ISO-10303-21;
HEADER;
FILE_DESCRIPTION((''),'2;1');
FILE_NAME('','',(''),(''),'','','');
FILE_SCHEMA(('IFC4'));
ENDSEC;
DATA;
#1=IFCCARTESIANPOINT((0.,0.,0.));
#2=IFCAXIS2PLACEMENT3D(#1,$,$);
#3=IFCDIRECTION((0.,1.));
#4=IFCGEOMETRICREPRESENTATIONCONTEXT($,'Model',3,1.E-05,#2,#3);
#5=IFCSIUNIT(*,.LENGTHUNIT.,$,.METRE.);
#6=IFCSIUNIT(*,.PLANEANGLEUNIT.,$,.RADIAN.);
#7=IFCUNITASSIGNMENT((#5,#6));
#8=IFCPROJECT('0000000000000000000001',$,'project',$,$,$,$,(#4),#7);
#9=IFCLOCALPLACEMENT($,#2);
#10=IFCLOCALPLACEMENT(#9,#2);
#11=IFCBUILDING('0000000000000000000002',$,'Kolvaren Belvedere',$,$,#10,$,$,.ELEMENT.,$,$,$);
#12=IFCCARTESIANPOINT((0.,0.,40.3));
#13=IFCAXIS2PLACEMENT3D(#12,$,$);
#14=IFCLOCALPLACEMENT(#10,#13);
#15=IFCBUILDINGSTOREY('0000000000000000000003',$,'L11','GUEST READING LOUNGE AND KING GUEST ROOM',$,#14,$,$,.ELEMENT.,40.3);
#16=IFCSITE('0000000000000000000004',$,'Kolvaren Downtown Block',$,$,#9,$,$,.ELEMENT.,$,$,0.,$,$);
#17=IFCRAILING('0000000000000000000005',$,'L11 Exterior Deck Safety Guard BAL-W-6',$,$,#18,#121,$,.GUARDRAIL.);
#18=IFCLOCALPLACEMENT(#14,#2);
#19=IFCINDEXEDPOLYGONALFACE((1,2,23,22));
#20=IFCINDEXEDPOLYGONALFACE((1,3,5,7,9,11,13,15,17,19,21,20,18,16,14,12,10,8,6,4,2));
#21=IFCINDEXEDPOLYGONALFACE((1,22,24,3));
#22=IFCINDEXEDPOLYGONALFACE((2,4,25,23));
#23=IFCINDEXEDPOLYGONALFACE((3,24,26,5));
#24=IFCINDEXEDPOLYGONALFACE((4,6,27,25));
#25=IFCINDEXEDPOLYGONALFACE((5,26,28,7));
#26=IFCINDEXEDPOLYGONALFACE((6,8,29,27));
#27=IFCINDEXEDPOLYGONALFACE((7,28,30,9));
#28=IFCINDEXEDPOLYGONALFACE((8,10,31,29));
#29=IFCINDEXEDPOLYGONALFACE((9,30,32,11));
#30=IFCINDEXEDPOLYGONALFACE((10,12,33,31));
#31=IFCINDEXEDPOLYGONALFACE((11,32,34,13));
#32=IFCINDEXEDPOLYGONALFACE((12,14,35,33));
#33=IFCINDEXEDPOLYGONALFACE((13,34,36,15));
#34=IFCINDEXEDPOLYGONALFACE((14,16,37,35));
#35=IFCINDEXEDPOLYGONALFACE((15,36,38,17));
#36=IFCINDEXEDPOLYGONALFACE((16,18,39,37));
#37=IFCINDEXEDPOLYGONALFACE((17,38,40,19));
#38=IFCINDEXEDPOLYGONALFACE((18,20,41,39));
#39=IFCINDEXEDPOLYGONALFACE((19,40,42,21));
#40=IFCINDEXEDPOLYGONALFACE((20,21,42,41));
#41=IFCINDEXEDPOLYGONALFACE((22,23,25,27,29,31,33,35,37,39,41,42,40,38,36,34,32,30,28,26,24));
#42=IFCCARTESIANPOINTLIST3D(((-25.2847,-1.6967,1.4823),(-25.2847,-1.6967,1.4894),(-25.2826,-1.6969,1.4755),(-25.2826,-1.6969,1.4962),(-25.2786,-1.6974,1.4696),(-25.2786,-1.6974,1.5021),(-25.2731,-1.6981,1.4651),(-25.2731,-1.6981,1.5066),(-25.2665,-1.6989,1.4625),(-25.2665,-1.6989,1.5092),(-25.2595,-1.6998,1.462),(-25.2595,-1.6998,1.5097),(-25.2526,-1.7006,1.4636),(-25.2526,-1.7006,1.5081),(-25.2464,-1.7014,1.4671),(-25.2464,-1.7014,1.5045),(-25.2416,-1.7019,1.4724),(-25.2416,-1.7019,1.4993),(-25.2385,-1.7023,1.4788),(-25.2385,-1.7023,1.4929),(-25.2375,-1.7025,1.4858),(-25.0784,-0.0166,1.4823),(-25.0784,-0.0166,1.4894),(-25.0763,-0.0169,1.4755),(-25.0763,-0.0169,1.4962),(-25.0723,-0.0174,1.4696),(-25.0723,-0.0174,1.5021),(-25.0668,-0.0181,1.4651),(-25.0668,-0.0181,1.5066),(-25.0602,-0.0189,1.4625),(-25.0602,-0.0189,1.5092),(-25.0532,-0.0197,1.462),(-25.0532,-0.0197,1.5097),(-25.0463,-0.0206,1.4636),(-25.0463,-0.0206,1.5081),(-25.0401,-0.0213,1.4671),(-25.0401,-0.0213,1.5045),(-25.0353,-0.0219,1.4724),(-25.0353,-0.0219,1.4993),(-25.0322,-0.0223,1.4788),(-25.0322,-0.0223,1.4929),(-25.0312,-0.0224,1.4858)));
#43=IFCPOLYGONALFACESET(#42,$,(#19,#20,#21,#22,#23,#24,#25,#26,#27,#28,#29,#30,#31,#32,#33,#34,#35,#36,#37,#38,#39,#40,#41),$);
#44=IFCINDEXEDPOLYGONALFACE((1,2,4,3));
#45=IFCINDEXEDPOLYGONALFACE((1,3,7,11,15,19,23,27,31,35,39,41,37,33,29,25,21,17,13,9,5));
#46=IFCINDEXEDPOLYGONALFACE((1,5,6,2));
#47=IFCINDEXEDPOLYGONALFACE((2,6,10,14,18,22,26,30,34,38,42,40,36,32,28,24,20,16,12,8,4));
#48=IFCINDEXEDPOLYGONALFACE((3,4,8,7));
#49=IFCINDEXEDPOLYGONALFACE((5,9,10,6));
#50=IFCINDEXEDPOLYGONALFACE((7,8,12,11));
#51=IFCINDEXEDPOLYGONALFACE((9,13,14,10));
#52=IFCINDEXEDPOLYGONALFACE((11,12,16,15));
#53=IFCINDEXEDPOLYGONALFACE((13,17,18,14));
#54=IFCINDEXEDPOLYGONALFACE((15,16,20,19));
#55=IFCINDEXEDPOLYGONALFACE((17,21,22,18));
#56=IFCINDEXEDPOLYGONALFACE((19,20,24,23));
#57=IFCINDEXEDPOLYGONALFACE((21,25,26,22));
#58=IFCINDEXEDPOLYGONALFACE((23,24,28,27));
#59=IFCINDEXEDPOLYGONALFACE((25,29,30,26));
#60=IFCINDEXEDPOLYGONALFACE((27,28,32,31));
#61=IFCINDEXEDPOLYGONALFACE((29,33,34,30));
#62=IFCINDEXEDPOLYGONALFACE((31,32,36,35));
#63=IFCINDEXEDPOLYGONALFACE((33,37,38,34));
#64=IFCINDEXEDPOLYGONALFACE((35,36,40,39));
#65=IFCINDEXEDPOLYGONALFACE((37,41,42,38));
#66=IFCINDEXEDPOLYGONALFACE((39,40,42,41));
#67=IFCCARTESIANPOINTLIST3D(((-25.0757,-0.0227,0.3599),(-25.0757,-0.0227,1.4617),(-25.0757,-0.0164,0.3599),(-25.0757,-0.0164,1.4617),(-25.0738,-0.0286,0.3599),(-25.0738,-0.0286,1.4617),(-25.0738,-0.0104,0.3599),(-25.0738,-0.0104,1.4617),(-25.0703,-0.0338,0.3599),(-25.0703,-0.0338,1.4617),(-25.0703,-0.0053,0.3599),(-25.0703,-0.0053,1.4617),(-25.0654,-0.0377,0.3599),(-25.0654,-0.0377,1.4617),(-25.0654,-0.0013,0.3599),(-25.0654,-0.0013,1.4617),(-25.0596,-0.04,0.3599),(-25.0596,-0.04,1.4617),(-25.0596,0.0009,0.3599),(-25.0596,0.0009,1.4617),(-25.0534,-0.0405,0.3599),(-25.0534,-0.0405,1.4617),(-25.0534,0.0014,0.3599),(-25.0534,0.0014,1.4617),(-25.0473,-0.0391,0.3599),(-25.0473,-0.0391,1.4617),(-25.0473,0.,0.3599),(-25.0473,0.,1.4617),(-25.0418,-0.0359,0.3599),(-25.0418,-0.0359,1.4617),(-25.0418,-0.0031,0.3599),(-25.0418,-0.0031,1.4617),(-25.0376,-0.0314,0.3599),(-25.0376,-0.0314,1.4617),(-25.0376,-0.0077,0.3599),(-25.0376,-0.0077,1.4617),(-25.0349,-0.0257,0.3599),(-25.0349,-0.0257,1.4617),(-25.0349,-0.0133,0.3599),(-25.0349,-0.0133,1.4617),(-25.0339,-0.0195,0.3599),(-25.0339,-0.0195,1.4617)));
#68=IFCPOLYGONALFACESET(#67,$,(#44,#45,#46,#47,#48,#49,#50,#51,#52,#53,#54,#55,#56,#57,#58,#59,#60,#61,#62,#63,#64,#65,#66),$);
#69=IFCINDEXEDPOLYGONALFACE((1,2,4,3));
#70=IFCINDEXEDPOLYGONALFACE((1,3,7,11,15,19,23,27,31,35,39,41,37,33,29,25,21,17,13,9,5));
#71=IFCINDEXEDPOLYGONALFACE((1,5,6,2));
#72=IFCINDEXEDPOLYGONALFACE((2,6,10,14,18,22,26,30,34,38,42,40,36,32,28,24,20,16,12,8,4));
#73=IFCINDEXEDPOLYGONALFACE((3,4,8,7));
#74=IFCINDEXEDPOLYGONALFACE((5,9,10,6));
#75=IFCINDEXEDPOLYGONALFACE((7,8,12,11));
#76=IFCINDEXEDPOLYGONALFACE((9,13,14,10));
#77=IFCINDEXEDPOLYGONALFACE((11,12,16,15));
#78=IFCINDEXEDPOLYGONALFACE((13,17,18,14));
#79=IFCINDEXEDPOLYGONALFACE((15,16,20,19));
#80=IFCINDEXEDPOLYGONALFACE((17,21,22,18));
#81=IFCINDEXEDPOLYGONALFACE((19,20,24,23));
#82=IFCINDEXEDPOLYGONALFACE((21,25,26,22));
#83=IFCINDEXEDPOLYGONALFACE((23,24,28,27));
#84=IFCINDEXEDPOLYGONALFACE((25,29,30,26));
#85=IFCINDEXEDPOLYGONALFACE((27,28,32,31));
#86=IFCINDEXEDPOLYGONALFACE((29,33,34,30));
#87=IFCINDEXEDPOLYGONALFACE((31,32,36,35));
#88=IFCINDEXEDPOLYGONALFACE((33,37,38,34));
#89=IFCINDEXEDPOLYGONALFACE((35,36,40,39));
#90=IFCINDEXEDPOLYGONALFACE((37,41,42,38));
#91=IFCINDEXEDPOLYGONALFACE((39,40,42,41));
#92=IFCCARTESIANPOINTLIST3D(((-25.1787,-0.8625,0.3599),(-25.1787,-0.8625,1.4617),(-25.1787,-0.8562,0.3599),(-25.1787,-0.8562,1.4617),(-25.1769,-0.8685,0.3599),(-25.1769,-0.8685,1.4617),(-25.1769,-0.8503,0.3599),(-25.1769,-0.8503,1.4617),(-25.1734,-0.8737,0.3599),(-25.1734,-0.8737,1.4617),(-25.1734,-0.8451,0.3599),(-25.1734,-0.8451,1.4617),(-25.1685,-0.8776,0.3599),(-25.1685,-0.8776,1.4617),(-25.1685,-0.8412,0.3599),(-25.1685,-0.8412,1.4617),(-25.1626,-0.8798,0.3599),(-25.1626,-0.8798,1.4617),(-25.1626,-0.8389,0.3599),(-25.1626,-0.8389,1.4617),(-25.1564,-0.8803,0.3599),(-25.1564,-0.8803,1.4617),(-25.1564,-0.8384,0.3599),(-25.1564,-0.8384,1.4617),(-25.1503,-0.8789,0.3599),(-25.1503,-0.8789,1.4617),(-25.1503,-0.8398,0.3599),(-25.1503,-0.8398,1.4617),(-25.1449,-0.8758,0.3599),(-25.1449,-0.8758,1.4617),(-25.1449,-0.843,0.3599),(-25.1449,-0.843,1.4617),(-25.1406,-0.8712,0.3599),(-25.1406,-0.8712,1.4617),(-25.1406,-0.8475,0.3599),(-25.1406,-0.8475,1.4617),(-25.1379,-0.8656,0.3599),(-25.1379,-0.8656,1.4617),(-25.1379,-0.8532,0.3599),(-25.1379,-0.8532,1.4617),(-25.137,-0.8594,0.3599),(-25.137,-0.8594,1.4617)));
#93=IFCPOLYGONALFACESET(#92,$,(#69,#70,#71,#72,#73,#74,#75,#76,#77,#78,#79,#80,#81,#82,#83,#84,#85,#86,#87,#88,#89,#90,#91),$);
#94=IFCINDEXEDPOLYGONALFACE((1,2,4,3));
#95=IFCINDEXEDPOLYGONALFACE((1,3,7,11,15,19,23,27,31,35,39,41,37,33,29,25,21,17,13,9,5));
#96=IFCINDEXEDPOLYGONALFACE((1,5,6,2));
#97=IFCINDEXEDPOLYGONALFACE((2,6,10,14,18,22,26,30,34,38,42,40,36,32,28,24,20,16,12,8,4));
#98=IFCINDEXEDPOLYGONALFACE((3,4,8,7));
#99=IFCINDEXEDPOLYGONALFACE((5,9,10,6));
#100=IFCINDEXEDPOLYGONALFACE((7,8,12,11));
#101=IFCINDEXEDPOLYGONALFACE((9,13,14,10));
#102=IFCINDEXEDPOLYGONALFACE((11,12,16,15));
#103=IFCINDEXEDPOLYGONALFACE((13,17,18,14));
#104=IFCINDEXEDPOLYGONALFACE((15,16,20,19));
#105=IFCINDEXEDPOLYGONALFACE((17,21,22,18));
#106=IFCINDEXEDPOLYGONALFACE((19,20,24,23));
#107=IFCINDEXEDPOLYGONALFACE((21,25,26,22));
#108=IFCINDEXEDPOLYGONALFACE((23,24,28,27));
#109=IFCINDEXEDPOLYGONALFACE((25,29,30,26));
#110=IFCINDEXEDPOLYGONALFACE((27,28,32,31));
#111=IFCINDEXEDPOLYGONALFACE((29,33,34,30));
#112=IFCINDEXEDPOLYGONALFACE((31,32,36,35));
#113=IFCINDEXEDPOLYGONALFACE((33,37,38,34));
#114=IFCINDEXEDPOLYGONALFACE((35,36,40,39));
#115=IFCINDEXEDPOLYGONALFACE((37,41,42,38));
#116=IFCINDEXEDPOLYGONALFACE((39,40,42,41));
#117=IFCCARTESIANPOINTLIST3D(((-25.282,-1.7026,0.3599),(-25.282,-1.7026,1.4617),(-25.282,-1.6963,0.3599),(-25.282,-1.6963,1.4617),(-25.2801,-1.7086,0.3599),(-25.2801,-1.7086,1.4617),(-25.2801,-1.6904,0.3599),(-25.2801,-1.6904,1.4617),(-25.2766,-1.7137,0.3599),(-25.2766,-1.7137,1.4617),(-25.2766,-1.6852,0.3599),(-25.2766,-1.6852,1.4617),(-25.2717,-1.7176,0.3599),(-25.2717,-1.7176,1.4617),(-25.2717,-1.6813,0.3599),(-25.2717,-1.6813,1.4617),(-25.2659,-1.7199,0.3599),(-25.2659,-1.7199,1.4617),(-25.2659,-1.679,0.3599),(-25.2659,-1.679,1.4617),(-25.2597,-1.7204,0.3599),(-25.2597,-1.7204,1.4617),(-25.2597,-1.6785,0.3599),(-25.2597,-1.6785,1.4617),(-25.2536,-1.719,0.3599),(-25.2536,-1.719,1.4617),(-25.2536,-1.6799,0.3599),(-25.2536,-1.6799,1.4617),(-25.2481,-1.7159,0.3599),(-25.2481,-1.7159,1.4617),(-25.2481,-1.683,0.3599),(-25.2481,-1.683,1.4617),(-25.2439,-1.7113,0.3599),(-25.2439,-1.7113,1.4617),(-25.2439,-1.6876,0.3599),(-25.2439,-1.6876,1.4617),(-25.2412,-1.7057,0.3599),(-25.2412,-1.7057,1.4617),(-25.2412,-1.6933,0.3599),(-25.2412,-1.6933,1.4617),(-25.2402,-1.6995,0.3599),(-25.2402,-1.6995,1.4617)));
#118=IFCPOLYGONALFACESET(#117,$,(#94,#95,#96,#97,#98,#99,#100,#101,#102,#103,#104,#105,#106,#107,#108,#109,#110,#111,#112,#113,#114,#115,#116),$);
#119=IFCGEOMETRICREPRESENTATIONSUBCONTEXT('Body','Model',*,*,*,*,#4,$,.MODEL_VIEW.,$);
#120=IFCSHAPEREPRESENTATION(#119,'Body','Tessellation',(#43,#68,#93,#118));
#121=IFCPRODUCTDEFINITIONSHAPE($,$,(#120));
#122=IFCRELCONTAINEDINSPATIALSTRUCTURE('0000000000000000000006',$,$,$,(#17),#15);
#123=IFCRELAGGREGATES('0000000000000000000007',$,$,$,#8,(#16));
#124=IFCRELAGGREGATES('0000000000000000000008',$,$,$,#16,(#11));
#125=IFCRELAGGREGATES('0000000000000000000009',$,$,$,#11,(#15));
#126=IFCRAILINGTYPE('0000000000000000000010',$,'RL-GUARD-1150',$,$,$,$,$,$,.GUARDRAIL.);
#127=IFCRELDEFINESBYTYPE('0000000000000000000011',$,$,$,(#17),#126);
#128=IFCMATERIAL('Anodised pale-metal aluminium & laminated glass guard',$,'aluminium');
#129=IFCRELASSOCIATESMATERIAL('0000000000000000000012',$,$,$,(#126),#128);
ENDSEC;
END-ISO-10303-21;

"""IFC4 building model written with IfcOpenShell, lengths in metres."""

from ifc_helpers import new_model, si_unit, direction, frame, origin, origin_2d, place, context, subcontext, project, spatial, circle, extrude, material, type_object, element, save


model = new_model("IFC4")

# Units and contexts
model_context = context("Model", 3, precision=1e-05, world=origin(), true_north=direction((0.0, 1.0)))
body_context = subcontext(model_context, "Body", "Model", "MODEL_VIEW")
ifc_project = project(units=[si_unit("LENGTHUNIT", "METRE"), si_unit("PLANEANGLEUNIT", "RADIAN")], contexts=[model_context])

# Site, building, storey
site_placement = place(None, origin())
site = spatial("IfcSite", under=ifc_project, at=site_placement, Name="Kolvaren Downtown Block", CompositionType="ELEMENT", RefElevation=0.0)
building_placement = place(site_placement, origin())
building = spatial("IfcBuilding", under=site, at=building_placement, Name="Kolvaren Belvedere", CompositionType="ELEMENT")
storey_placement = place(building_placement, frame((0.0, 0.0, 40.3)))
storey = spatial("IfcBuildingStorey", under=building, at=storey_placement, Name="L11", Description="GUEST READING LOUNGE AND KING GUEST ROOM", CompositionType="ELEMENT", Elevation=40.3)

# Railing
ifc_material_1 = material(Name="Anodised pale-metal aluminium & laminated glass guard", Category="aluminium")
railing_type = type_object("IfcRailingType", Name="RL-GUARD-1150", PredefinedType="GUARDRAIL", material=ifc_material_1)
railing_1_placement = place(storey_placement, frame((-25.0549, -0.0195, 0.3599)))
element("IfcRailing", 1, at=railing_1_placement, inside=storey, type_object=railing_type, Name="L11 Exterior Deck Safety Guard BAL-W-6", PredefinedType="GUARDRAIL", context=body_context, shape_type="SweptSolid", body=[
    extrude(circle(Radius=0.0239, at=origin_2d()), frame((0.0, 0.0, 1.126), z_axis=(-0.121886, -0.992544, 0.0), x_axis=(0.992544, -0.121886, 0.0)), (0.0, 0.0, 1.0), 1.6926),
    extrude(circle(Radius=0.021, at=origin_2d()), origin(), (0.0, 0.0, 1.0), 1.1018),
    extrude(circle(Radius=0.021, at=origin_2d()), frame((-0.103, -0.8398, 0.0)), (0.0, 0.0, 1.0), 1.1018),
    extrude(circle(Radius=0.021, at=origin_2d()), frame((-0.2063, -1.6799, 0.0)), (0.0, 0.0, 1.0), 1.1018),
])

save(model, "model.ifc")
